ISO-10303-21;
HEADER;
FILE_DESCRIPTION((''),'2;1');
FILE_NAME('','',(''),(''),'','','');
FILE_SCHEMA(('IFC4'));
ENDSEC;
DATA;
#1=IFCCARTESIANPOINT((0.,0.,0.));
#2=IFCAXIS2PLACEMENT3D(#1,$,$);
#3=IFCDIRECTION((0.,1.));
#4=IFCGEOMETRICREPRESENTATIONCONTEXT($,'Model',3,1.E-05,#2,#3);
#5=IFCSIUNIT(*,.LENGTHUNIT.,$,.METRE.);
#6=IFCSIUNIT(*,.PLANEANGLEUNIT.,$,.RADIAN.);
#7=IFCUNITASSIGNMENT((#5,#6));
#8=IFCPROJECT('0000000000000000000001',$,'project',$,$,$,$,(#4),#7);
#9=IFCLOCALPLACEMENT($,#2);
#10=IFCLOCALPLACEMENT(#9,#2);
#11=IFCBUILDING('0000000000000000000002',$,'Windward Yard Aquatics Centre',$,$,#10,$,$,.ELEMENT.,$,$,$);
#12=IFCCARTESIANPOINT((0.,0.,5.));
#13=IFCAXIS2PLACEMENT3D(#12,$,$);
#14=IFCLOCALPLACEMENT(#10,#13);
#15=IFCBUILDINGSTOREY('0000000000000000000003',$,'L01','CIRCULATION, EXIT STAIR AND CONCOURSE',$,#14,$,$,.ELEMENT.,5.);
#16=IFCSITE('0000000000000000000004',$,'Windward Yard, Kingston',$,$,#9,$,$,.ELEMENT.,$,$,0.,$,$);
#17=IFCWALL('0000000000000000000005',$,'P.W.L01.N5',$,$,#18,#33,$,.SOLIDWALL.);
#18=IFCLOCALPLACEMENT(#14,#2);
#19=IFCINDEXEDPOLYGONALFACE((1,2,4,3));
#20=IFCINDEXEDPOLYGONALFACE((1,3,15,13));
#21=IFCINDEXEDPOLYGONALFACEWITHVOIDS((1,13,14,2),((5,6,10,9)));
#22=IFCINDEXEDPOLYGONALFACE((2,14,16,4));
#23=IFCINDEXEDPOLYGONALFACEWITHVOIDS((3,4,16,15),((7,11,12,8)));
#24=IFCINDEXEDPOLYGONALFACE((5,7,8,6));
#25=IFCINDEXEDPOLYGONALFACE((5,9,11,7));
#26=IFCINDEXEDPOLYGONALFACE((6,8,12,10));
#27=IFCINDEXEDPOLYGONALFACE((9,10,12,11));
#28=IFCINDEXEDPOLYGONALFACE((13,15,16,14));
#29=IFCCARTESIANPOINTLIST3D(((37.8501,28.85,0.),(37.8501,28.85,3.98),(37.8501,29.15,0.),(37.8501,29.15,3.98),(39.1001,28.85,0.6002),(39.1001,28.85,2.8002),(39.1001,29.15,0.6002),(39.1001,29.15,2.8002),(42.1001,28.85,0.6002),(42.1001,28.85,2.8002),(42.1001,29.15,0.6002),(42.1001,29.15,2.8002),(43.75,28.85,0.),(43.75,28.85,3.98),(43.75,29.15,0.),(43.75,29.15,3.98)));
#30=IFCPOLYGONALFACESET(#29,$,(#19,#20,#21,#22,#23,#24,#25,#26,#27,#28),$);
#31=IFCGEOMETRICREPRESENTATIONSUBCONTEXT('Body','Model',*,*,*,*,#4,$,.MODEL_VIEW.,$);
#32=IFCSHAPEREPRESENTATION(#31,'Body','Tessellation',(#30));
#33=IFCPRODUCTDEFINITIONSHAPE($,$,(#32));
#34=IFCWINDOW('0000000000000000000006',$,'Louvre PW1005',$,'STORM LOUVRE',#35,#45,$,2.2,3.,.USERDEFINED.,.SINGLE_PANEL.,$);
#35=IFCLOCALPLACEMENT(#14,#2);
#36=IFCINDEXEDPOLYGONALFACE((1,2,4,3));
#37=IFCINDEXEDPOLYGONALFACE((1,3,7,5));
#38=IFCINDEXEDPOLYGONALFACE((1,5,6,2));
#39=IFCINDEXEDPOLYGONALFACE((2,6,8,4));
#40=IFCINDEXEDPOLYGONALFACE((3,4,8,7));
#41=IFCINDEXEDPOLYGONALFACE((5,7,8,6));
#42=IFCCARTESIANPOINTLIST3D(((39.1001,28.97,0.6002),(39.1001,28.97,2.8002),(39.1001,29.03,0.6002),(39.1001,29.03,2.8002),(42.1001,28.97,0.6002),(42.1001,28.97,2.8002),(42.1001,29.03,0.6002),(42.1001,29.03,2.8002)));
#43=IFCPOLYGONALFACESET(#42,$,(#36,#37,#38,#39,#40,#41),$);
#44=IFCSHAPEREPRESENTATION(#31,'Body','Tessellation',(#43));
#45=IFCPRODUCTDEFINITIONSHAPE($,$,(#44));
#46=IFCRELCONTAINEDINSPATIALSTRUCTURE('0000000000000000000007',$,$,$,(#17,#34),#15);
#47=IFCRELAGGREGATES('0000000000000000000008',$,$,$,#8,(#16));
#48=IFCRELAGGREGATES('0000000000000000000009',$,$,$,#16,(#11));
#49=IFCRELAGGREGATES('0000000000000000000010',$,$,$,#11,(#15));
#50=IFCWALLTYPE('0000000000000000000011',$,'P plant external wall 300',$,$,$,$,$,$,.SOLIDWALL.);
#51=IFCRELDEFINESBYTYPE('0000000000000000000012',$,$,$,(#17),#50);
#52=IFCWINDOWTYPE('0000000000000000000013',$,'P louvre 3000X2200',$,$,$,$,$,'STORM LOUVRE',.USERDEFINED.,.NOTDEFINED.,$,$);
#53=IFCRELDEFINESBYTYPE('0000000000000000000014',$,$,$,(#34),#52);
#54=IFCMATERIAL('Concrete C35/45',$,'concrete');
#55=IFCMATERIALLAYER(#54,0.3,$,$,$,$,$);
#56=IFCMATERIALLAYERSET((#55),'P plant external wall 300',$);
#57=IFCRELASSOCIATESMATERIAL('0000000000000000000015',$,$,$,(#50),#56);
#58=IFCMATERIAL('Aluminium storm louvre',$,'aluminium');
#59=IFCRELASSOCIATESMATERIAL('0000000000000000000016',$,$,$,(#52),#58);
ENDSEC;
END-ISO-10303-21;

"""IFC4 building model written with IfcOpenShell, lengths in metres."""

from ifc_helpers import new_model, si_unit, direction, frame, frame_2d, origin, place, context, subcontext, project, spatial, rectangle, extrude, material, layer, layer_set, type_object, element, fill, save


model = new_model("IFC4")

# Units and contexts
model_context = context("Model", 3, precision=1e-05, world=origin(), true_north=direction((0.0, 1.0)))
body_context = subcontext(model_context, "Body", "Model", "MODEL_VIEW")
ifc_project = project(units=[si_unit("LENGTHUNIT", "METRE"), si_unit("PLANEANGLEUNIT", "RADIAN")], contexts=[model_context])

# Site, building, storey
site_placement = place(None, origin())
site = spatial("IfcSite", under=ifc_project, at=site_placement, Name="Windward Yard, Kingston", CompositionType="ELEMENT", RefElevation=0.0)
building_placement = place(site_placement, origin())
building = spatial("IfcBuilding", under=site, at=building_placement, Name="Windward Yard Aquatics Centre", CompositionType="ELEMENT")
storey_placement = place(building_placement, frame((0.0, 0.0, 5.0)))
storey = spatial("IfcBuildingStorey", under=building, at=storey_placement, Name="L01", Description="CIRCULATION, EXIT STAIR AND CONCOURSE", CompositionType="ELEMENT", Elevation=5.0)

# Shared definitions
ifc_material_1 = material(Name="Concrete C35/45", Category="concrete")

# Wall, opening, window
ifc_layer_1 = layer(ifc_material_1, 0.3)
ifc_layer_set_1 = layer_set([ifc_layer_1], Name="P plant external wall 300")
wall_type = type_object("IfcWallType", Name="P plant external wall 300", PredefinedType="SOLIDWALL", material=ifc_layer_set_1)
ifc_material_2 = material(Name="Aluminium storm louvre", Category="aluminium")
wall_1_placement = place(storey_placement, frame((37.8501, 29.0, 0.0), z_axis=(0.0, 0.0, 1.0), x_axis=(1.0, 0.0, 0.0)))
wall_1 = element("IfcWall", 1, at=wall_1_placement, inside=storey, type_object=wall_type, Name="P.W.L01.N5", PredefinedType="SOLIDWALL", context=body_context, shape_type="SweptSolid", body=[
    extrude(rectangle(XDim=5.8999, YDim=0.3, at=frame_2d((2.95, 0.0))), origin(), (0.0, 0.0, 1.0), 3.98),
])
opening_1_placement = place(wall_1_placement, frame((1.25, 0.0, 0.6001)))
opening_1 = element("IfcOpeningElement", 2, at=opening_1_placement, cuts=wall_1, PredefinedType="OPENING", context=body_context, shape_type="SweptSolid", body=[
    extrude(rectangle(XDim=3.0, YDim=2.2, at=frame_2d((1.5, 1.1001))), frame((0.0, 0.1602, 0.0), z_axis=(0.0, -1.0, 0.0), x_axis=(1.0, 0.0, 0.0)), (0.0, 0.0, 1.0), 0.3201),
])
window_type_1 = type_object("IfcWindowType", Name="P louvre 3000X2200", ElementType="STORM LOUVRE", PartitioningType="NOTDEFINED", PredefinedType="USERDEFINED", material=ifc_material_2)
window_1_placement = place(opening_1_placement, origin())
window_1 = element("IfcWindow", 3, at=window_1_placement, inside=storey, type_object=window_type_1, Name="Louvre PW1005", ObjectType="STORM LOUVRE", OverallHeight=2.2, OverallWidth=3.0, PartitioningType="SINGLE_PANEL", PredefinedType="USERDEFINED", context=body_context, shape_type="SweptSolid", body=[
    extrude(rectangle(XDim=3.0, YDim=2.2, at=frame_2d((1.5, 1.1001))), frame((0.0, 0.03, 0.0), z_axis=(0.0, -1.0, 0.0), x_axis=(1.0, 0.0, 0.0)), (0.0, 0.0, 1.0), 0.0601),
])
fill(opening_1, window_1)

save(model, "model.ifc")
